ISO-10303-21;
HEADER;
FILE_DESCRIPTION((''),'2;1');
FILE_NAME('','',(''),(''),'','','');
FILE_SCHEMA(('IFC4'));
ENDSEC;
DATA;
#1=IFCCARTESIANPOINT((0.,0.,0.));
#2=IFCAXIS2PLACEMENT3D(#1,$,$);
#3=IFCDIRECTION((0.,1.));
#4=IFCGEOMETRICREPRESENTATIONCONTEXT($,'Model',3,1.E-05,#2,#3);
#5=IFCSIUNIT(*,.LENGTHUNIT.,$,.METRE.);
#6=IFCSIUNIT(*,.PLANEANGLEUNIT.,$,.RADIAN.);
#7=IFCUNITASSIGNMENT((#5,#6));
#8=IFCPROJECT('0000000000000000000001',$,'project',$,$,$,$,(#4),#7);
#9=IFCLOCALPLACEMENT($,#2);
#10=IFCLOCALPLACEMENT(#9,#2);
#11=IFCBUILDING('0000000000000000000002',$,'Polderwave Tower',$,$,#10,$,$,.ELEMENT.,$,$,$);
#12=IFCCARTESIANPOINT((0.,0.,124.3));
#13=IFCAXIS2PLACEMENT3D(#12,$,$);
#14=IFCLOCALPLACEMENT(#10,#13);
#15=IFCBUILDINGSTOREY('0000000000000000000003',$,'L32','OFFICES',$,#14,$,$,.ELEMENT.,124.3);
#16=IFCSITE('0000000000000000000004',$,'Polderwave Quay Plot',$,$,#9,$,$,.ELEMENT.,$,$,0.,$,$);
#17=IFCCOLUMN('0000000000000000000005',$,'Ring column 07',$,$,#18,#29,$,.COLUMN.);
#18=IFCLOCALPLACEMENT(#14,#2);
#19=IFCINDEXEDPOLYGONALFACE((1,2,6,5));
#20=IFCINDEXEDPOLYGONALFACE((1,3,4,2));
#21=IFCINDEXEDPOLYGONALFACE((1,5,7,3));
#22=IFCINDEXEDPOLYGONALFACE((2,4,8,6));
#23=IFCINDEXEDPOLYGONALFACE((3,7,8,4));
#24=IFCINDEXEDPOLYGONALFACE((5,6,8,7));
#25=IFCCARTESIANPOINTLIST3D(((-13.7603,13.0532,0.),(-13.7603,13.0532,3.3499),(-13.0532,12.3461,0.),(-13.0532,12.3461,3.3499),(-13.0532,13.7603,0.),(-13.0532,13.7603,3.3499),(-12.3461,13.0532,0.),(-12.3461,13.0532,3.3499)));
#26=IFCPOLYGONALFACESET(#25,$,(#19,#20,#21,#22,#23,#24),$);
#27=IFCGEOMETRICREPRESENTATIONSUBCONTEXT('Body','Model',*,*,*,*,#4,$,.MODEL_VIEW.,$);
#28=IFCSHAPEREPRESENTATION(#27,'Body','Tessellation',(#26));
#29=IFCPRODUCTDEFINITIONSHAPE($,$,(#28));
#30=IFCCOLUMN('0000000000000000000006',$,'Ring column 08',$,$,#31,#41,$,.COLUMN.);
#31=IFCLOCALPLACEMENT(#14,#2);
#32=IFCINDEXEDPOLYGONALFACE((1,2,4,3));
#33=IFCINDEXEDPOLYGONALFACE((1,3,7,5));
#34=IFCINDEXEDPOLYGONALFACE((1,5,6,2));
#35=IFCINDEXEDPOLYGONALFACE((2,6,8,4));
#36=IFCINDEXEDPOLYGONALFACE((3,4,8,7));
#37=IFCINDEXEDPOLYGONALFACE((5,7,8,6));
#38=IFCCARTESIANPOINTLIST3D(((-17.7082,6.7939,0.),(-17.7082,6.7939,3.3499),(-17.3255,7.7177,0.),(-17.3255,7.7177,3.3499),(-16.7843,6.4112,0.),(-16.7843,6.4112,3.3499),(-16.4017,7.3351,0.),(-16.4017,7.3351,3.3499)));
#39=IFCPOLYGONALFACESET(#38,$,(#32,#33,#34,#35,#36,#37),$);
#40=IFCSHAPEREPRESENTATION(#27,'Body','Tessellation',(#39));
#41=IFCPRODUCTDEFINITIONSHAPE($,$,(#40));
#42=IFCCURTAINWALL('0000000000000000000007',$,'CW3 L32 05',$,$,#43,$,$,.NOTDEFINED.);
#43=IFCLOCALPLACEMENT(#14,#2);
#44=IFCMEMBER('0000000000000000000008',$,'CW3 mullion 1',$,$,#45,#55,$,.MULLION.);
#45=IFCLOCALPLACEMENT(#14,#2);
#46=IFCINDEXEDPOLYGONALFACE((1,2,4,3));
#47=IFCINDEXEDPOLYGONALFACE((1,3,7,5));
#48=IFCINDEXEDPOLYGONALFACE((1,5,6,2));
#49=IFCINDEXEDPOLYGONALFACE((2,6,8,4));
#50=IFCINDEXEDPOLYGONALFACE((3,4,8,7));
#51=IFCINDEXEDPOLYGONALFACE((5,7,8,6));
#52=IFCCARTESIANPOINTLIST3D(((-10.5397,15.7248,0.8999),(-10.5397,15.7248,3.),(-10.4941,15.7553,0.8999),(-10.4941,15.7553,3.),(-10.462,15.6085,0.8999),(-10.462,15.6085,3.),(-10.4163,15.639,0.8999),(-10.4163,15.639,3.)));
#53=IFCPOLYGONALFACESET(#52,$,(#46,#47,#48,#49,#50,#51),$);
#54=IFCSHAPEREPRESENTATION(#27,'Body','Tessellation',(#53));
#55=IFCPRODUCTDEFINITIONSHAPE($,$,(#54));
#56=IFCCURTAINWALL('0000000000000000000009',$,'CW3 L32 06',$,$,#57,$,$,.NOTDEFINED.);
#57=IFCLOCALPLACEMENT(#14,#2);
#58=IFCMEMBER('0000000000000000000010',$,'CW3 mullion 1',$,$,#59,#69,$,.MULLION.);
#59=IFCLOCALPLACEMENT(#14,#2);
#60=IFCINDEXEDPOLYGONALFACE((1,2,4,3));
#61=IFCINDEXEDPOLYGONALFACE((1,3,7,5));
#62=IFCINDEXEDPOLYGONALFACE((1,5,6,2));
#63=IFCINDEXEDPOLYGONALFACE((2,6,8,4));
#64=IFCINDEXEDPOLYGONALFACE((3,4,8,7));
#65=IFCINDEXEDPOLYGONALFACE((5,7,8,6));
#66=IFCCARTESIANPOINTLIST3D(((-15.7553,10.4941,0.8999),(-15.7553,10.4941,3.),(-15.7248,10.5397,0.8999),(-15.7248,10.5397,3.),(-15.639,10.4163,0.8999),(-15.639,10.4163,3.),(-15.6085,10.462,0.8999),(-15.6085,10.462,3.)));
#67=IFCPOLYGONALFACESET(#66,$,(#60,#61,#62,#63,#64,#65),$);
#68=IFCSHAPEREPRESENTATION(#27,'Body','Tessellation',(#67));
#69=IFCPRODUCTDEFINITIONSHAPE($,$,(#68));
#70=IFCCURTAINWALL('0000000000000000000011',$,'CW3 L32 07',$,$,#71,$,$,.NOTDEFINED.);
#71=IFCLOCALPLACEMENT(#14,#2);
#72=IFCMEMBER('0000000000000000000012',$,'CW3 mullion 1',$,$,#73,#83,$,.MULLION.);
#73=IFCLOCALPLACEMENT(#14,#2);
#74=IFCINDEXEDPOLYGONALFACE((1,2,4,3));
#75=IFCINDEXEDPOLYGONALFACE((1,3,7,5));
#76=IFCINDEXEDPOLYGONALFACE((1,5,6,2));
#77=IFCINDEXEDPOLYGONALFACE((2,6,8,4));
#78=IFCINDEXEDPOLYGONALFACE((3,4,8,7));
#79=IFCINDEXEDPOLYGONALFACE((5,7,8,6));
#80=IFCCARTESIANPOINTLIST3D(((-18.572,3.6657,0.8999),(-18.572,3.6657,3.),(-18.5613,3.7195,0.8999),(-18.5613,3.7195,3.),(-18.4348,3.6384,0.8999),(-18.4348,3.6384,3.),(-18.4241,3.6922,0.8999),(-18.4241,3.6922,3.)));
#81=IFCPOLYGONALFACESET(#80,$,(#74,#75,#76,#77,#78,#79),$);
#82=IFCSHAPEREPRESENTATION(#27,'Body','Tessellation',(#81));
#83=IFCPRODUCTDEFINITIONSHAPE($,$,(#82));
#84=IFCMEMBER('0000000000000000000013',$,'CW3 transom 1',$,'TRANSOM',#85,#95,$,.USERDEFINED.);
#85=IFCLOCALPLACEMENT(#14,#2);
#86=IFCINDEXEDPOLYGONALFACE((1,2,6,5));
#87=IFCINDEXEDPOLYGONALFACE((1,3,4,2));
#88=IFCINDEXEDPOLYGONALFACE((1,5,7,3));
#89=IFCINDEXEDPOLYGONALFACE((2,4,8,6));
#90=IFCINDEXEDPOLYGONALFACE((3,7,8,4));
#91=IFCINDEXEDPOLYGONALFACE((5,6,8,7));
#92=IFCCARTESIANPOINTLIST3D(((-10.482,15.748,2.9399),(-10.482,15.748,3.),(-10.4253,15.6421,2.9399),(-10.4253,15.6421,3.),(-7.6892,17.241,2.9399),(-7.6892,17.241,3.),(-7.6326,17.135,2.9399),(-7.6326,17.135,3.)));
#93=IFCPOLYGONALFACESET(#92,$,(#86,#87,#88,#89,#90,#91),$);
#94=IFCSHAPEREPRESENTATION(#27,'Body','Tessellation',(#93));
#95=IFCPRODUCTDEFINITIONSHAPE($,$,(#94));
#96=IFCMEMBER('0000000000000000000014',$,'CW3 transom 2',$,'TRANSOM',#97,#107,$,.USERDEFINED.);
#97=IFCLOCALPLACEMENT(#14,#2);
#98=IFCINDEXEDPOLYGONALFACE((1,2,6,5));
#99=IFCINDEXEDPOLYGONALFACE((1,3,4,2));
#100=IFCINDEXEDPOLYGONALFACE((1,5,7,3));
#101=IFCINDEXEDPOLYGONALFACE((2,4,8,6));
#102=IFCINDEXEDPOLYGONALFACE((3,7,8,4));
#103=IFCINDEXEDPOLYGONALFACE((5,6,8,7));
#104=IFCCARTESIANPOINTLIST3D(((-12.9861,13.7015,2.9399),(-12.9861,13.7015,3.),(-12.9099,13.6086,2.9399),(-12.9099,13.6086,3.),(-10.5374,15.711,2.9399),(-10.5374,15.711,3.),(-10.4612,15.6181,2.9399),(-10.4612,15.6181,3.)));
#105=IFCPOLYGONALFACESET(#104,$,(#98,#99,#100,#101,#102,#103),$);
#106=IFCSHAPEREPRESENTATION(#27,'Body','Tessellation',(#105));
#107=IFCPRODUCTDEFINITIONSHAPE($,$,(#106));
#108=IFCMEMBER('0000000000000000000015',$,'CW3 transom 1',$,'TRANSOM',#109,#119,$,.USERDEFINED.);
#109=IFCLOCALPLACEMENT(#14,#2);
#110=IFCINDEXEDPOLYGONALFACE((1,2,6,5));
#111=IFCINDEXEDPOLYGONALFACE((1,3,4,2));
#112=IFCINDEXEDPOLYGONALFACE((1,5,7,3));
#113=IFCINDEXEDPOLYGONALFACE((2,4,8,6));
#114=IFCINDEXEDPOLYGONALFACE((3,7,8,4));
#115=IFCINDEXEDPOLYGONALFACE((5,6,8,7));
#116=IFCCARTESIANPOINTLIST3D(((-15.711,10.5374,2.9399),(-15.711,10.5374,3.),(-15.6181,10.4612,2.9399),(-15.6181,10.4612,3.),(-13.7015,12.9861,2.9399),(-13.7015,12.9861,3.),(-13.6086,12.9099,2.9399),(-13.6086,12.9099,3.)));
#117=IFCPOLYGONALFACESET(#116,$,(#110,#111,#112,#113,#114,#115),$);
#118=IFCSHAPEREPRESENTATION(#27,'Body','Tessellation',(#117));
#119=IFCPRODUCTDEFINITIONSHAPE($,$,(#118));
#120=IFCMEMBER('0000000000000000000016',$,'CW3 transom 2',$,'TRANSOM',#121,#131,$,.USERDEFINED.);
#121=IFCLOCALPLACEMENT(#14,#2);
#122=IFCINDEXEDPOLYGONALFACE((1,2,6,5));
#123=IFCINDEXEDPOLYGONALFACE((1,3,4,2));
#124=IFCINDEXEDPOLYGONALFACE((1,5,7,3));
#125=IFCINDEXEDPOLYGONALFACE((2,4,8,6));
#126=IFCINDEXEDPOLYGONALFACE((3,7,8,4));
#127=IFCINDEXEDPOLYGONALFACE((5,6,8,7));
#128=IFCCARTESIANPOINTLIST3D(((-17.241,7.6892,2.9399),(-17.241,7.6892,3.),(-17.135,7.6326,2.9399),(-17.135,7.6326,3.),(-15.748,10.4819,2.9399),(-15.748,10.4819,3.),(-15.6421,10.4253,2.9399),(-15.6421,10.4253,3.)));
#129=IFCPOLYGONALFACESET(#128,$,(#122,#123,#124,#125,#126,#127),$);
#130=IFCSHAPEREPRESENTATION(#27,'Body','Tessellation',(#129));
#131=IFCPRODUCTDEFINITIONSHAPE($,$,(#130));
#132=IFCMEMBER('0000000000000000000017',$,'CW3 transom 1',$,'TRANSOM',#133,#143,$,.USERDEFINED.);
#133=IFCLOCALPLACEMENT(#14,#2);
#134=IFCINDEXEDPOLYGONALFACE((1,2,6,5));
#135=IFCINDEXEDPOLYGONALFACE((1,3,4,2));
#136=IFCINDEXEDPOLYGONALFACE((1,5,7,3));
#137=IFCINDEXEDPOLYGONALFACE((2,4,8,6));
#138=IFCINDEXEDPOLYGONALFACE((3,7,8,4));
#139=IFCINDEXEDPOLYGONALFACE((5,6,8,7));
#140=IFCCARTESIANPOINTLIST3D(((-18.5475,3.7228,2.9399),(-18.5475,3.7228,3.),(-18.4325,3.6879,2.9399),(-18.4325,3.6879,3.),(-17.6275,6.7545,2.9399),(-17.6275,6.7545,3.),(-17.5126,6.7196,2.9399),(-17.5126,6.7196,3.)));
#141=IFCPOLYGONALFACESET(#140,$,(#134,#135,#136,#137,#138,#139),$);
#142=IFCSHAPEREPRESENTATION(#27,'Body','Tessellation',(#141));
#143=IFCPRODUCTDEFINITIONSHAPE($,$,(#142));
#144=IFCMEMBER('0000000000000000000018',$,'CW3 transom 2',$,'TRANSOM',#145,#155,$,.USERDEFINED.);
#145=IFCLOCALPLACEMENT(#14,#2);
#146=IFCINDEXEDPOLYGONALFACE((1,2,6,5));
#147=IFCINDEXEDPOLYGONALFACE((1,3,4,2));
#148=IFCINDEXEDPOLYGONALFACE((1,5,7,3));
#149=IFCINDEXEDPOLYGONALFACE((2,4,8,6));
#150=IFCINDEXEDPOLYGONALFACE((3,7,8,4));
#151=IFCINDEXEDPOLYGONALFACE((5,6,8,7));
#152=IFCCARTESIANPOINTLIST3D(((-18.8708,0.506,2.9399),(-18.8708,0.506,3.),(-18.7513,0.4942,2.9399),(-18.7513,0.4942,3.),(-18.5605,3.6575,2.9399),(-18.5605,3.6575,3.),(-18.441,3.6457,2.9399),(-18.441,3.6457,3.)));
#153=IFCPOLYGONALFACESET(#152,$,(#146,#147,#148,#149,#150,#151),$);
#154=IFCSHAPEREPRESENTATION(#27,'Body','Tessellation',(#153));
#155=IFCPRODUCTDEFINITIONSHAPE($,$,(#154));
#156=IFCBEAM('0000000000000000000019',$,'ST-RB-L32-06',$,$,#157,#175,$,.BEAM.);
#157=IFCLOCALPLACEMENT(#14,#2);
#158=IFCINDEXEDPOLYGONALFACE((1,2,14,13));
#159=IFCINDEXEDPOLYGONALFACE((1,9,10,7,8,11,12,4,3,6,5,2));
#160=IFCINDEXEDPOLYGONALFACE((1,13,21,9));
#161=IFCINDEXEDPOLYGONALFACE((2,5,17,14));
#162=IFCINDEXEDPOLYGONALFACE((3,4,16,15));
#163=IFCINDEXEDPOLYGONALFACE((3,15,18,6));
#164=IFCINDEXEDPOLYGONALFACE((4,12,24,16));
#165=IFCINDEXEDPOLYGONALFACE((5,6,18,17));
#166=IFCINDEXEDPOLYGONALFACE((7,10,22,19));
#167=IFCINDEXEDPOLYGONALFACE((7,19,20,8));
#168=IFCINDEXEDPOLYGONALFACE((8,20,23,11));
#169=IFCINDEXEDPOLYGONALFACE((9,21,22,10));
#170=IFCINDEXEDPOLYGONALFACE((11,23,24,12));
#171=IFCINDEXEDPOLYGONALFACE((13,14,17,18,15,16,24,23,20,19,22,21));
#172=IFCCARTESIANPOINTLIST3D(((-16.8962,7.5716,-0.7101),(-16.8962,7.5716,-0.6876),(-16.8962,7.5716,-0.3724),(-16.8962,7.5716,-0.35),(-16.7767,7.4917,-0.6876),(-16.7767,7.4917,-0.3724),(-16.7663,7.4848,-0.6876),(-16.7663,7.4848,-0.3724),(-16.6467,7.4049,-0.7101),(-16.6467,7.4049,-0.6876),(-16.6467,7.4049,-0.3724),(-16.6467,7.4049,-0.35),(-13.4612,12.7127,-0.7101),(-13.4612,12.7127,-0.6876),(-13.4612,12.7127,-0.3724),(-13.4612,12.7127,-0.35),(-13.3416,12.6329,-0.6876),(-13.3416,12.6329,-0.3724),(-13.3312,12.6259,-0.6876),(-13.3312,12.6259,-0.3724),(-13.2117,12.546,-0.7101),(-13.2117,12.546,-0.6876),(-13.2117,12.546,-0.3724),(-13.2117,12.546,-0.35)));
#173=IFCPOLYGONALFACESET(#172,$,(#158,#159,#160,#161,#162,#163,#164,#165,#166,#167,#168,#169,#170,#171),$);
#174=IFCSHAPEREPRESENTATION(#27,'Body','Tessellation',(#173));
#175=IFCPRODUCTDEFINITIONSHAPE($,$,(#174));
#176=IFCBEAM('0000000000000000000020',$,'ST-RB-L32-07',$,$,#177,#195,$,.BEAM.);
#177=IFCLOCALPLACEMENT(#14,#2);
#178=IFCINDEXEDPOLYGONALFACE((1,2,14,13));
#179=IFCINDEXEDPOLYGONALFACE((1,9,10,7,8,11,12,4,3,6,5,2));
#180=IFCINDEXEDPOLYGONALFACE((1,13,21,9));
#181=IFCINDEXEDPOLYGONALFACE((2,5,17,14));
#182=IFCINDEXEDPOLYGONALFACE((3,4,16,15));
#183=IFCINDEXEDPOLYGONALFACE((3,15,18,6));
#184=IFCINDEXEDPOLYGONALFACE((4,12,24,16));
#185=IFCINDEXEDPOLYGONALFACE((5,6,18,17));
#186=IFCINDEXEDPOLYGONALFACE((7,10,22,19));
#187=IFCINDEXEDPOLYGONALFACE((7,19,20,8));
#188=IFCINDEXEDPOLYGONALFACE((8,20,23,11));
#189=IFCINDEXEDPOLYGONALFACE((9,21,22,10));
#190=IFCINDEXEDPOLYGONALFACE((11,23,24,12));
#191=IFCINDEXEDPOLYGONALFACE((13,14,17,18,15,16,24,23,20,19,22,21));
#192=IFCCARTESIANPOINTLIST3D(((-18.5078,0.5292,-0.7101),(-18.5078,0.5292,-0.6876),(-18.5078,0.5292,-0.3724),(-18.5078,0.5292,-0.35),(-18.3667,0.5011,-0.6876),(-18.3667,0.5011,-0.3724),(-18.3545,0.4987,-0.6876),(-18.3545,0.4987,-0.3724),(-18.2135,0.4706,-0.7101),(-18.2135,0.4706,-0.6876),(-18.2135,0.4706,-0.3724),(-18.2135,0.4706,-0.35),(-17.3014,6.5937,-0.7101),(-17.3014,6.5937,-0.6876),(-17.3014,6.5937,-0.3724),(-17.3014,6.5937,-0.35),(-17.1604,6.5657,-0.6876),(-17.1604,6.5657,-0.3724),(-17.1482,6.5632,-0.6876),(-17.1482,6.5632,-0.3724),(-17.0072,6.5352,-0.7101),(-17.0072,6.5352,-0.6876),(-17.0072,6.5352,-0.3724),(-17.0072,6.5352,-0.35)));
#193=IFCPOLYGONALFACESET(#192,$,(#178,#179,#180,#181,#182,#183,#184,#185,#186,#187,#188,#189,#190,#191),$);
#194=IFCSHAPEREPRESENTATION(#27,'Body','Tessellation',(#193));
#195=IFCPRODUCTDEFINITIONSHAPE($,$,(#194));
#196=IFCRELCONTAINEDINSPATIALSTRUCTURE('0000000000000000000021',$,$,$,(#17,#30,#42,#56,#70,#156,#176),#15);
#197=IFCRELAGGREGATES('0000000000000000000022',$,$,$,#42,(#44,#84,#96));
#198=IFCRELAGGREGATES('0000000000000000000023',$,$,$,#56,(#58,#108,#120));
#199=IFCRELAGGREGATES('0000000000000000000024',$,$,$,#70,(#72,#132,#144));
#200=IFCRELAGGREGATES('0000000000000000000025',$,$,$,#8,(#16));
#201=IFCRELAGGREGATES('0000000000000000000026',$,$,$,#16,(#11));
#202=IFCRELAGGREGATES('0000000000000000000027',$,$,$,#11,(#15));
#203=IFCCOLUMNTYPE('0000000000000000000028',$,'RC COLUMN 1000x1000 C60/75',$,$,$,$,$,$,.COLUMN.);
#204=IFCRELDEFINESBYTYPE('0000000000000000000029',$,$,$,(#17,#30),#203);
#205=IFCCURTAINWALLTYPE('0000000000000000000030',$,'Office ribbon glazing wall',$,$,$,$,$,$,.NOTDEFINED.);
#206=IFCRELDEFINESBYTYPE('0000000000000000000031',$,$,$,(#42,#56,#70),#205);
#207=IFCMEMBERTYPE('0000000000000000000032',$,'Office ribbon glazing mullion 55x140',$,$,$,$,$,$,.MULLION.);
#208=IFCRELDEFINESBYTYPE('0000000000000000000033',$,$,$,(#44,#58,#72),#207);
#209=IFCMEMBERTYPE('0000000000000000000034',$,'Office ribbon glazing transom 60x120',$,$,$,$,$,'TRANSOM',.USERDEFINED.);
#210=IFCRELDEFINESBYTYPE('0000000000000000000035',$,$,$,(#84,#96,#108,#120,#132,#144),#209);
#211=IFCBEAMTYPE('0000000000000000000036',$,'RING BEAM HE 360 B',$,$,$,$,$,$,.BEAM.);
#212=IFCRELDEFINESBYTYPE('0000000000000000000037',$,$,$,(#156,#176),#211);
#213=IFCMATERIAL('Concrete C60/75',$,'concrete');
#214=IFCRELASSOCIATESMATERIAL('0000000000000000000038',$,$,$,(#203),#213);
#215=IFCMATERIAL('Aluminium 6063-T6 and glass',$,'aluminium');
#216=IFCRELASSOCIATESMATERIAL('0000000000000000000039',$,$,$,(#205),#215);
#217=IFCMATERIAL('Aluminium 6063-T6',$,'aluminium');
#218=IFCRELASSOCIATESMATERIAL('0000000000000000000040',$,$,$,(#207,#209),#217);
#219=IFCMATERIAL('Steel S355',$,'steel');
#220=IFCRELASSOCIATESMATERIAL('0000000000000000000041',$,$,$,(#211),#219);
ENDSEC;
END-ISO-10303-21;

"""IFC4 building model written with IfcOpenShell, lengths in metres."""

from ifc_helpers import new_model, si_unit, direction, frame, origin, origin_2d, place, context, subcontext, project, spatial, rectangle, i_section, extrude, material, material_profile, profile_set, type_object, element, aggregate, save


model = new_model("IFC4")

# Units and contexts
model_context = context("Model", 3, precision=1e-05, world=origin(), true_north=direction((0.0, 1.0)))
body_context = subcontext(model_context, "Body", "Model", "MODEL_VIEW")
ifc_project = project(units=[si_unit("LENGTHUNIT", "METRE"), si_unit("PLANEANGLEUNIT", "RADIAN")], contexts=[model_context])

# Site, building, storey
site_placement = place(None, origin())
site = spatial("IfcSite", under=ifc_project, at=site_placement, Name="Polderwave Quay Plot", CompositionType="ELEMENT", RefElevation=0.0)
building_placement = place(site_placement, origin())
building = spatial("IfcBuilding", under=site, at=building_placement, Name="Polderwave Tower", CompositionType="ELEMENT")
storey_placement = place(building_placement, frame((0.0, 0.0, 124.3)))
storey = spatial("IfcBuildingStorey", under=building, at=storey_placement, Name="L32", Description="OFFICES", CompositionType="ELEMENT", Elevation=124.3)

# Columns
ifc_material_1 = material(Name="Concrete C60/75", Category="concrete")
ifc_material_profile_1 = material_profile(ifc_material_1, rectangle(XDim=1.0, YDim=1.0, at=origin_2d()), Name="RC 1000x1000")
ifc_profile_set_1 = profile_set([ifc_material_profile_1], Name="Concrete C60/75")
column_type = type_object("IfcColumnType", Name="RC COLUMN 1000x1000 C60/75", PredefinedType="COLUMN", material=ifc_profile_set_1)
for number, where, z_axis, x_axis, name in (
    (1, (-13.0532, 13.0532, 0.0), (0.0, 0.0, 1.0), (-0.707107, 0.707107, 0.0), "Ring column 07"),
    (2, (-17.0549, 7.0645, 0.0), (0.0, 0.0, 1.0), (-0.92388, 0.382683, 0.0), "Ring column 08"),
):
    element("IfcColumn", number, at=place(storey_placement, frame(where, z_axis=z_axis, x_axis=x_axis)), inside=storey, type_object=column_type, Name=name, PredefinedType="COLUMN", context=body_context, shape_type="SweptSolid", body=[
        extrude(rectangle(XDim=1.0, YDim=1.0, at=origin_2d()), origin(), (0.0, 0.0, 1.0), 3.3499),
    ])

# Curtain walls, members
ifc_material_2 = material(Name="Aluminium 6063-T6 and glass", Category="aluminium")
curtain_wall_type = type_object("IfcCurtainWallType", Name="Office ribbon glazing wall", PredefinedType="NOTDEFINED", material=ifc_material_2)
curtain_wall_1_placement = place(storey_placement, origin())
curtain_wall_1 = element("IfcCurtainWall", 3, at=curtain_wall_1_placement, inside=storey, type_object=curtain_wall_type, Name="CW3 L32 05", PredefinedType="NOTDEFINED")
ifc_material_3 = material(Name="Aluminium 6063-T6", Category="aluminium")
ifc_material_profile_2 = material_profile(ifc_material_3, rectangle(XDim=0.1399, YDim=0.0549, at=origin_2d()), Name="AL 55x140")
ifc_profile_set_2 = profile_set([ifc_material_profile_2], Name="Aluminium 6063-T6")
member_type_1 = type_object("IfcMemberType", Name="Office ribbon glazing mullion 55x140", PredefinedType="MULLION", material=ifc_profile_set_2)
member_1_placement = place(storey_placement, frame((-10.478, 15.6819, 0.8999), z_axis=(0.0, 0.0, 1.0), x_axis=(0.555595, -0.831453, 0.0)))
member_1 = element("IfcMember", 4, at=member_1_placement, type_object=member_type_1, Name="CW3 mullion 1", PredefinedType="MULLION", context=body_context, shape_type="SweptSolid", body=[
    extrude(rectangle(XDim=0.1399, YDim=0.0549, at=origin_2d()), origin(), (0.0, 0.0, 1.0), 2.1001),
])
curtain_wall_2_placement = place(storey_placement, origin())
curtain_wall_2 = element("IfcCurtainWall", 5, at=curtain_wall_2_placement, inside=storey, type_object=curtain_wall_type, Name="CW3 L32 06", PredefinedType="NOTDEFINED")
member_2_placement = place(storey_placement, frame((-15.6819, 10.478, 0.8999), z_axis=(0.0, 0.0, 1.0), x_axis=(0.831453, -0.555595, 0.0)))
member_2 = element("IfcMember", 6, at=member_2_placement, type_object=member_type_1, Name="CW3 mullion 1", PredefinedType="MULLION", context=body_context, shape_type="SweptSolid", body=[
    extrude(rectangle(XDim=0.1399, YDim=0.0549, at=origin_2d()), origin(), (0.0, 0.0, 1.0), 2.1001),
])
curtain_wall_3_placement = place(storey_placement, origin())
curtain_wall_3 = element("IfcCurtainWall", 7, at=curtain_wall_3_placement, inside=storey, type_object=curtain_wall_type, Name="CW3 L32 07", PredefinedType="NOTDEFINED")
member_3_placement = place(storey_placement, frame((-18.498, 3.679, 0.8999), z_axis=(0.0, 0.0, 1.0), x_axis=(0.980778, -0.195128, 0.0)))
member_3 = element("IfcMember", 8, at=member_3_placement, type_object=member_type_1, Name="CW3 mullion 1", PredefinedType="MULLION", context=body_context, shape_type="SweptSolid", body=[
    extrude(rectangle(XDim=0.1399, YDim=0.0549, at=origin_2d()), origin(), (0.0, 0.0, 1.0), 2.1001),
])

# Members
ifc_material_profile_3 = material_profile(ifc_material_3, rectangle(XDim=0.1201, YDim=0.0601, at=origin_2d()), Name="AL 60x120")
ifc_profile_set_3 = profile_set([ifc_material_profile_3], Name="Aluminium 6063-T6")
member_type_2 = type_object("IfcMemberType", Name="Office ribbon glazing transom 60x120", ElementType="TRANSOM", PredefinedType="USERDEFINED", material=ifc_profile_set_3)
member_4_placement = place(storey_placement, frame((-7.6609, 17.188, 2.97), z_axis=(-0.881898, -0.47144, 0.0), x_axis=(0.47144, -0.881898, 0.0)))
member_4 = element("IfcMember", 9, at=member_4_placement, type_object=member_type_2, Name="CW3 transom 1", ObjectType="TRANSOM", PredefinedType="USERDEFINED", context=body_context, shape_type="SweptSolid", body=[
    extrude(rectangle(XDim=0.1201, YDim=0.0601, at=origin_2d()), origin(), (0.0, 0.0, 1.0), 3.1667),
])
member_5_placement = place(storey_placement, frame((-10.4993, 15.6646, 2.97), z_axis=(-0.773026, -0.634374, 0.0), x_axis=(0.634374, -0.773026, 0.0)))
member_5 = element("IfcMember", 10, at=member_5_placement, type_object=member_type_2, Name="CW3 transom 2", ObjectType="TRANSOM", PredefinedType="USERDEFINED", context=body_context, shape_type="SweptSolid", body=[
    extrude(rectangle(XDim=0.1201, YDim=0.0601, at=origin_2d()), origin(), (0.0, 0.0, 1.0), 3.1677),
])
member_6_placement = place(storey_placement, frame((-13.655, 12.948, 2.97), z_axis=(-0.634374, -0.773026, 0.0), x_axis=(0.773026, -0.634374, 0.0)))
member_6 = element("IfcMember", 11, at=member_6_placement, type_object=member_type_2, Name="CW3 transom 1", ObjectType="TRANSOM", PredefinedType="USERDEFINED", context=body_context, shape_type="SweptSolid", body=[
    extrude(rectangle(XDim=0.1201, YDim=0.0601, at=origin_2d()), origin(), (0.0, 0.0, 1.0), 3.1677),
])
member_7_placement = place(storey_placement, frame((-15.6951, 10.4536, 2.97), z_axis=(-0.47144, -0.881898, 0.0), x_axis=(0.881898, -0.47144, 0.0)))
member_7 = element("IfcMember", 12, at=member_7_placement, type_object=member_type_2, Name="CW3 transom 2", ObjectType="TRANSOM", PredefinedType="USERDEFINED", context=body_context, shape_type="SweptSolid", body=[
    extrude(rectangle(XDim=0.1201, YDim=0.0601, at=origin_2d()), origin(), (0.0, 0.0, 1.0), 3.1667),
])
member_8_placement = place(storey_placement, frame((-17.5701, 6.7371, 2.97), z_axis=(-0.290358, -0.956918, 0.0), x_axis=(0.956918, -0.290358, 0.0)))
member_8 = element("IfcMember", 13, at=member_8_placement, type_object=member_type_2, Name="CW3 transom 1", ObjectType="TRANSOM", PredefinedType="USERDEFINED", context=body_context, shape_type="SweptSolid", body=[
    extrude(rectangle(XDim=0.1201, YDim=0.0601, at=origin_2d()), origin(), (0.0, 0.0, 1.0), 3.1682),
])
member_9_placement = place(storey_placement, frame((-18.5007, 3.6516, 2.97), z_axis=(-0.097985, -0.995188, 0.0), x_axis=(0.995188, -0.097985, 0.0)))
member_9 = element("IfcMember", 14, at=member_9_placement, type_object=member_type_2, Name="CW3 transom 2", ObjectType="TRANSOM", PredefinedType="USERDEFINED", context=body_context, shape_type="SweptSolid", body=[
    extrude(rectangle(XDim=0.1201, YDim=0.0601, at=origin_2d()), origin(), (0.0, 0.0, 1.0), 3.1667),
])

# Beams
ifc_material_4 = material(Name="Steel S355", Category="steel")
ifc_material_profile_4 = material_profile(ifc_material_4, i_section(OverallWidth=0.3, OverallDepth=0.3601, WebThickness=0.0125, FlangeThickness=0.0225, at=origin_2d()), Name="HE 360 B")
ifc_profile_set_4 = profile_set([ifc_material_profile_4], Name="Steel S355")
beam_type = type_object("IfcBeamType", Name="RING BEAM HE 360 B", PredefinedType="BEAM", material=ifc_profile_set_4)
beam_1_placement = place(storey_placement, frame((-13.3364, 12.6294, -0.53), z_axis=(-0.555556, -0.831479, 0.0), x_axis=(0.831479, -0.555556, 0.0)))
element("IfcBeam", 15, at=beam_1_placement, inside=storey, type_object=beam_type, Name="ST-RB-L32-06", PredefinedType="BEAM", context=body_context, shape_type="SweptSolid", body=[
    extrude(i_section(OverallWidth=0.3, OverallDepth=0.3601, WebThickness=0.0125, FlangeThickness=0.0225, at=origin_2d()), origin(), (0.0, 0.0, 1.0), 6.1831),
])
beam_2_placement = place(storey_placement, frame((-17.1543, 6.5645, -0.53), z_axis=(-0.195091, -0.980785, 0.0), x_axis=(0.980785, -0.195091, 0.0)))
element("IfcBeam", 16, at=beam_2_placement, inside=storey, type_object=beam_type, Name="ST-RB-L32-07", PredefinedType="BEAM", context=body_context, shape_type="SweptSolid", body=[
    extrude(i_section(OverallWidth=0.3, OverallDepth=0.3601, WebThickness=0.0125, FlangeThickness=0.0225, at=origin_2d()), origin(), (0.0, 0.0, 1.0), 6.1833),
])

aggregate(curtain_wall_1, [member_1, member_4, member_5])
aggregate(curtain_wall_2, [member_2, member_6, member_7])
aggregate(curtain_wall_3, [member_3, member_8, member_9])

save(model, "model.ifc")
